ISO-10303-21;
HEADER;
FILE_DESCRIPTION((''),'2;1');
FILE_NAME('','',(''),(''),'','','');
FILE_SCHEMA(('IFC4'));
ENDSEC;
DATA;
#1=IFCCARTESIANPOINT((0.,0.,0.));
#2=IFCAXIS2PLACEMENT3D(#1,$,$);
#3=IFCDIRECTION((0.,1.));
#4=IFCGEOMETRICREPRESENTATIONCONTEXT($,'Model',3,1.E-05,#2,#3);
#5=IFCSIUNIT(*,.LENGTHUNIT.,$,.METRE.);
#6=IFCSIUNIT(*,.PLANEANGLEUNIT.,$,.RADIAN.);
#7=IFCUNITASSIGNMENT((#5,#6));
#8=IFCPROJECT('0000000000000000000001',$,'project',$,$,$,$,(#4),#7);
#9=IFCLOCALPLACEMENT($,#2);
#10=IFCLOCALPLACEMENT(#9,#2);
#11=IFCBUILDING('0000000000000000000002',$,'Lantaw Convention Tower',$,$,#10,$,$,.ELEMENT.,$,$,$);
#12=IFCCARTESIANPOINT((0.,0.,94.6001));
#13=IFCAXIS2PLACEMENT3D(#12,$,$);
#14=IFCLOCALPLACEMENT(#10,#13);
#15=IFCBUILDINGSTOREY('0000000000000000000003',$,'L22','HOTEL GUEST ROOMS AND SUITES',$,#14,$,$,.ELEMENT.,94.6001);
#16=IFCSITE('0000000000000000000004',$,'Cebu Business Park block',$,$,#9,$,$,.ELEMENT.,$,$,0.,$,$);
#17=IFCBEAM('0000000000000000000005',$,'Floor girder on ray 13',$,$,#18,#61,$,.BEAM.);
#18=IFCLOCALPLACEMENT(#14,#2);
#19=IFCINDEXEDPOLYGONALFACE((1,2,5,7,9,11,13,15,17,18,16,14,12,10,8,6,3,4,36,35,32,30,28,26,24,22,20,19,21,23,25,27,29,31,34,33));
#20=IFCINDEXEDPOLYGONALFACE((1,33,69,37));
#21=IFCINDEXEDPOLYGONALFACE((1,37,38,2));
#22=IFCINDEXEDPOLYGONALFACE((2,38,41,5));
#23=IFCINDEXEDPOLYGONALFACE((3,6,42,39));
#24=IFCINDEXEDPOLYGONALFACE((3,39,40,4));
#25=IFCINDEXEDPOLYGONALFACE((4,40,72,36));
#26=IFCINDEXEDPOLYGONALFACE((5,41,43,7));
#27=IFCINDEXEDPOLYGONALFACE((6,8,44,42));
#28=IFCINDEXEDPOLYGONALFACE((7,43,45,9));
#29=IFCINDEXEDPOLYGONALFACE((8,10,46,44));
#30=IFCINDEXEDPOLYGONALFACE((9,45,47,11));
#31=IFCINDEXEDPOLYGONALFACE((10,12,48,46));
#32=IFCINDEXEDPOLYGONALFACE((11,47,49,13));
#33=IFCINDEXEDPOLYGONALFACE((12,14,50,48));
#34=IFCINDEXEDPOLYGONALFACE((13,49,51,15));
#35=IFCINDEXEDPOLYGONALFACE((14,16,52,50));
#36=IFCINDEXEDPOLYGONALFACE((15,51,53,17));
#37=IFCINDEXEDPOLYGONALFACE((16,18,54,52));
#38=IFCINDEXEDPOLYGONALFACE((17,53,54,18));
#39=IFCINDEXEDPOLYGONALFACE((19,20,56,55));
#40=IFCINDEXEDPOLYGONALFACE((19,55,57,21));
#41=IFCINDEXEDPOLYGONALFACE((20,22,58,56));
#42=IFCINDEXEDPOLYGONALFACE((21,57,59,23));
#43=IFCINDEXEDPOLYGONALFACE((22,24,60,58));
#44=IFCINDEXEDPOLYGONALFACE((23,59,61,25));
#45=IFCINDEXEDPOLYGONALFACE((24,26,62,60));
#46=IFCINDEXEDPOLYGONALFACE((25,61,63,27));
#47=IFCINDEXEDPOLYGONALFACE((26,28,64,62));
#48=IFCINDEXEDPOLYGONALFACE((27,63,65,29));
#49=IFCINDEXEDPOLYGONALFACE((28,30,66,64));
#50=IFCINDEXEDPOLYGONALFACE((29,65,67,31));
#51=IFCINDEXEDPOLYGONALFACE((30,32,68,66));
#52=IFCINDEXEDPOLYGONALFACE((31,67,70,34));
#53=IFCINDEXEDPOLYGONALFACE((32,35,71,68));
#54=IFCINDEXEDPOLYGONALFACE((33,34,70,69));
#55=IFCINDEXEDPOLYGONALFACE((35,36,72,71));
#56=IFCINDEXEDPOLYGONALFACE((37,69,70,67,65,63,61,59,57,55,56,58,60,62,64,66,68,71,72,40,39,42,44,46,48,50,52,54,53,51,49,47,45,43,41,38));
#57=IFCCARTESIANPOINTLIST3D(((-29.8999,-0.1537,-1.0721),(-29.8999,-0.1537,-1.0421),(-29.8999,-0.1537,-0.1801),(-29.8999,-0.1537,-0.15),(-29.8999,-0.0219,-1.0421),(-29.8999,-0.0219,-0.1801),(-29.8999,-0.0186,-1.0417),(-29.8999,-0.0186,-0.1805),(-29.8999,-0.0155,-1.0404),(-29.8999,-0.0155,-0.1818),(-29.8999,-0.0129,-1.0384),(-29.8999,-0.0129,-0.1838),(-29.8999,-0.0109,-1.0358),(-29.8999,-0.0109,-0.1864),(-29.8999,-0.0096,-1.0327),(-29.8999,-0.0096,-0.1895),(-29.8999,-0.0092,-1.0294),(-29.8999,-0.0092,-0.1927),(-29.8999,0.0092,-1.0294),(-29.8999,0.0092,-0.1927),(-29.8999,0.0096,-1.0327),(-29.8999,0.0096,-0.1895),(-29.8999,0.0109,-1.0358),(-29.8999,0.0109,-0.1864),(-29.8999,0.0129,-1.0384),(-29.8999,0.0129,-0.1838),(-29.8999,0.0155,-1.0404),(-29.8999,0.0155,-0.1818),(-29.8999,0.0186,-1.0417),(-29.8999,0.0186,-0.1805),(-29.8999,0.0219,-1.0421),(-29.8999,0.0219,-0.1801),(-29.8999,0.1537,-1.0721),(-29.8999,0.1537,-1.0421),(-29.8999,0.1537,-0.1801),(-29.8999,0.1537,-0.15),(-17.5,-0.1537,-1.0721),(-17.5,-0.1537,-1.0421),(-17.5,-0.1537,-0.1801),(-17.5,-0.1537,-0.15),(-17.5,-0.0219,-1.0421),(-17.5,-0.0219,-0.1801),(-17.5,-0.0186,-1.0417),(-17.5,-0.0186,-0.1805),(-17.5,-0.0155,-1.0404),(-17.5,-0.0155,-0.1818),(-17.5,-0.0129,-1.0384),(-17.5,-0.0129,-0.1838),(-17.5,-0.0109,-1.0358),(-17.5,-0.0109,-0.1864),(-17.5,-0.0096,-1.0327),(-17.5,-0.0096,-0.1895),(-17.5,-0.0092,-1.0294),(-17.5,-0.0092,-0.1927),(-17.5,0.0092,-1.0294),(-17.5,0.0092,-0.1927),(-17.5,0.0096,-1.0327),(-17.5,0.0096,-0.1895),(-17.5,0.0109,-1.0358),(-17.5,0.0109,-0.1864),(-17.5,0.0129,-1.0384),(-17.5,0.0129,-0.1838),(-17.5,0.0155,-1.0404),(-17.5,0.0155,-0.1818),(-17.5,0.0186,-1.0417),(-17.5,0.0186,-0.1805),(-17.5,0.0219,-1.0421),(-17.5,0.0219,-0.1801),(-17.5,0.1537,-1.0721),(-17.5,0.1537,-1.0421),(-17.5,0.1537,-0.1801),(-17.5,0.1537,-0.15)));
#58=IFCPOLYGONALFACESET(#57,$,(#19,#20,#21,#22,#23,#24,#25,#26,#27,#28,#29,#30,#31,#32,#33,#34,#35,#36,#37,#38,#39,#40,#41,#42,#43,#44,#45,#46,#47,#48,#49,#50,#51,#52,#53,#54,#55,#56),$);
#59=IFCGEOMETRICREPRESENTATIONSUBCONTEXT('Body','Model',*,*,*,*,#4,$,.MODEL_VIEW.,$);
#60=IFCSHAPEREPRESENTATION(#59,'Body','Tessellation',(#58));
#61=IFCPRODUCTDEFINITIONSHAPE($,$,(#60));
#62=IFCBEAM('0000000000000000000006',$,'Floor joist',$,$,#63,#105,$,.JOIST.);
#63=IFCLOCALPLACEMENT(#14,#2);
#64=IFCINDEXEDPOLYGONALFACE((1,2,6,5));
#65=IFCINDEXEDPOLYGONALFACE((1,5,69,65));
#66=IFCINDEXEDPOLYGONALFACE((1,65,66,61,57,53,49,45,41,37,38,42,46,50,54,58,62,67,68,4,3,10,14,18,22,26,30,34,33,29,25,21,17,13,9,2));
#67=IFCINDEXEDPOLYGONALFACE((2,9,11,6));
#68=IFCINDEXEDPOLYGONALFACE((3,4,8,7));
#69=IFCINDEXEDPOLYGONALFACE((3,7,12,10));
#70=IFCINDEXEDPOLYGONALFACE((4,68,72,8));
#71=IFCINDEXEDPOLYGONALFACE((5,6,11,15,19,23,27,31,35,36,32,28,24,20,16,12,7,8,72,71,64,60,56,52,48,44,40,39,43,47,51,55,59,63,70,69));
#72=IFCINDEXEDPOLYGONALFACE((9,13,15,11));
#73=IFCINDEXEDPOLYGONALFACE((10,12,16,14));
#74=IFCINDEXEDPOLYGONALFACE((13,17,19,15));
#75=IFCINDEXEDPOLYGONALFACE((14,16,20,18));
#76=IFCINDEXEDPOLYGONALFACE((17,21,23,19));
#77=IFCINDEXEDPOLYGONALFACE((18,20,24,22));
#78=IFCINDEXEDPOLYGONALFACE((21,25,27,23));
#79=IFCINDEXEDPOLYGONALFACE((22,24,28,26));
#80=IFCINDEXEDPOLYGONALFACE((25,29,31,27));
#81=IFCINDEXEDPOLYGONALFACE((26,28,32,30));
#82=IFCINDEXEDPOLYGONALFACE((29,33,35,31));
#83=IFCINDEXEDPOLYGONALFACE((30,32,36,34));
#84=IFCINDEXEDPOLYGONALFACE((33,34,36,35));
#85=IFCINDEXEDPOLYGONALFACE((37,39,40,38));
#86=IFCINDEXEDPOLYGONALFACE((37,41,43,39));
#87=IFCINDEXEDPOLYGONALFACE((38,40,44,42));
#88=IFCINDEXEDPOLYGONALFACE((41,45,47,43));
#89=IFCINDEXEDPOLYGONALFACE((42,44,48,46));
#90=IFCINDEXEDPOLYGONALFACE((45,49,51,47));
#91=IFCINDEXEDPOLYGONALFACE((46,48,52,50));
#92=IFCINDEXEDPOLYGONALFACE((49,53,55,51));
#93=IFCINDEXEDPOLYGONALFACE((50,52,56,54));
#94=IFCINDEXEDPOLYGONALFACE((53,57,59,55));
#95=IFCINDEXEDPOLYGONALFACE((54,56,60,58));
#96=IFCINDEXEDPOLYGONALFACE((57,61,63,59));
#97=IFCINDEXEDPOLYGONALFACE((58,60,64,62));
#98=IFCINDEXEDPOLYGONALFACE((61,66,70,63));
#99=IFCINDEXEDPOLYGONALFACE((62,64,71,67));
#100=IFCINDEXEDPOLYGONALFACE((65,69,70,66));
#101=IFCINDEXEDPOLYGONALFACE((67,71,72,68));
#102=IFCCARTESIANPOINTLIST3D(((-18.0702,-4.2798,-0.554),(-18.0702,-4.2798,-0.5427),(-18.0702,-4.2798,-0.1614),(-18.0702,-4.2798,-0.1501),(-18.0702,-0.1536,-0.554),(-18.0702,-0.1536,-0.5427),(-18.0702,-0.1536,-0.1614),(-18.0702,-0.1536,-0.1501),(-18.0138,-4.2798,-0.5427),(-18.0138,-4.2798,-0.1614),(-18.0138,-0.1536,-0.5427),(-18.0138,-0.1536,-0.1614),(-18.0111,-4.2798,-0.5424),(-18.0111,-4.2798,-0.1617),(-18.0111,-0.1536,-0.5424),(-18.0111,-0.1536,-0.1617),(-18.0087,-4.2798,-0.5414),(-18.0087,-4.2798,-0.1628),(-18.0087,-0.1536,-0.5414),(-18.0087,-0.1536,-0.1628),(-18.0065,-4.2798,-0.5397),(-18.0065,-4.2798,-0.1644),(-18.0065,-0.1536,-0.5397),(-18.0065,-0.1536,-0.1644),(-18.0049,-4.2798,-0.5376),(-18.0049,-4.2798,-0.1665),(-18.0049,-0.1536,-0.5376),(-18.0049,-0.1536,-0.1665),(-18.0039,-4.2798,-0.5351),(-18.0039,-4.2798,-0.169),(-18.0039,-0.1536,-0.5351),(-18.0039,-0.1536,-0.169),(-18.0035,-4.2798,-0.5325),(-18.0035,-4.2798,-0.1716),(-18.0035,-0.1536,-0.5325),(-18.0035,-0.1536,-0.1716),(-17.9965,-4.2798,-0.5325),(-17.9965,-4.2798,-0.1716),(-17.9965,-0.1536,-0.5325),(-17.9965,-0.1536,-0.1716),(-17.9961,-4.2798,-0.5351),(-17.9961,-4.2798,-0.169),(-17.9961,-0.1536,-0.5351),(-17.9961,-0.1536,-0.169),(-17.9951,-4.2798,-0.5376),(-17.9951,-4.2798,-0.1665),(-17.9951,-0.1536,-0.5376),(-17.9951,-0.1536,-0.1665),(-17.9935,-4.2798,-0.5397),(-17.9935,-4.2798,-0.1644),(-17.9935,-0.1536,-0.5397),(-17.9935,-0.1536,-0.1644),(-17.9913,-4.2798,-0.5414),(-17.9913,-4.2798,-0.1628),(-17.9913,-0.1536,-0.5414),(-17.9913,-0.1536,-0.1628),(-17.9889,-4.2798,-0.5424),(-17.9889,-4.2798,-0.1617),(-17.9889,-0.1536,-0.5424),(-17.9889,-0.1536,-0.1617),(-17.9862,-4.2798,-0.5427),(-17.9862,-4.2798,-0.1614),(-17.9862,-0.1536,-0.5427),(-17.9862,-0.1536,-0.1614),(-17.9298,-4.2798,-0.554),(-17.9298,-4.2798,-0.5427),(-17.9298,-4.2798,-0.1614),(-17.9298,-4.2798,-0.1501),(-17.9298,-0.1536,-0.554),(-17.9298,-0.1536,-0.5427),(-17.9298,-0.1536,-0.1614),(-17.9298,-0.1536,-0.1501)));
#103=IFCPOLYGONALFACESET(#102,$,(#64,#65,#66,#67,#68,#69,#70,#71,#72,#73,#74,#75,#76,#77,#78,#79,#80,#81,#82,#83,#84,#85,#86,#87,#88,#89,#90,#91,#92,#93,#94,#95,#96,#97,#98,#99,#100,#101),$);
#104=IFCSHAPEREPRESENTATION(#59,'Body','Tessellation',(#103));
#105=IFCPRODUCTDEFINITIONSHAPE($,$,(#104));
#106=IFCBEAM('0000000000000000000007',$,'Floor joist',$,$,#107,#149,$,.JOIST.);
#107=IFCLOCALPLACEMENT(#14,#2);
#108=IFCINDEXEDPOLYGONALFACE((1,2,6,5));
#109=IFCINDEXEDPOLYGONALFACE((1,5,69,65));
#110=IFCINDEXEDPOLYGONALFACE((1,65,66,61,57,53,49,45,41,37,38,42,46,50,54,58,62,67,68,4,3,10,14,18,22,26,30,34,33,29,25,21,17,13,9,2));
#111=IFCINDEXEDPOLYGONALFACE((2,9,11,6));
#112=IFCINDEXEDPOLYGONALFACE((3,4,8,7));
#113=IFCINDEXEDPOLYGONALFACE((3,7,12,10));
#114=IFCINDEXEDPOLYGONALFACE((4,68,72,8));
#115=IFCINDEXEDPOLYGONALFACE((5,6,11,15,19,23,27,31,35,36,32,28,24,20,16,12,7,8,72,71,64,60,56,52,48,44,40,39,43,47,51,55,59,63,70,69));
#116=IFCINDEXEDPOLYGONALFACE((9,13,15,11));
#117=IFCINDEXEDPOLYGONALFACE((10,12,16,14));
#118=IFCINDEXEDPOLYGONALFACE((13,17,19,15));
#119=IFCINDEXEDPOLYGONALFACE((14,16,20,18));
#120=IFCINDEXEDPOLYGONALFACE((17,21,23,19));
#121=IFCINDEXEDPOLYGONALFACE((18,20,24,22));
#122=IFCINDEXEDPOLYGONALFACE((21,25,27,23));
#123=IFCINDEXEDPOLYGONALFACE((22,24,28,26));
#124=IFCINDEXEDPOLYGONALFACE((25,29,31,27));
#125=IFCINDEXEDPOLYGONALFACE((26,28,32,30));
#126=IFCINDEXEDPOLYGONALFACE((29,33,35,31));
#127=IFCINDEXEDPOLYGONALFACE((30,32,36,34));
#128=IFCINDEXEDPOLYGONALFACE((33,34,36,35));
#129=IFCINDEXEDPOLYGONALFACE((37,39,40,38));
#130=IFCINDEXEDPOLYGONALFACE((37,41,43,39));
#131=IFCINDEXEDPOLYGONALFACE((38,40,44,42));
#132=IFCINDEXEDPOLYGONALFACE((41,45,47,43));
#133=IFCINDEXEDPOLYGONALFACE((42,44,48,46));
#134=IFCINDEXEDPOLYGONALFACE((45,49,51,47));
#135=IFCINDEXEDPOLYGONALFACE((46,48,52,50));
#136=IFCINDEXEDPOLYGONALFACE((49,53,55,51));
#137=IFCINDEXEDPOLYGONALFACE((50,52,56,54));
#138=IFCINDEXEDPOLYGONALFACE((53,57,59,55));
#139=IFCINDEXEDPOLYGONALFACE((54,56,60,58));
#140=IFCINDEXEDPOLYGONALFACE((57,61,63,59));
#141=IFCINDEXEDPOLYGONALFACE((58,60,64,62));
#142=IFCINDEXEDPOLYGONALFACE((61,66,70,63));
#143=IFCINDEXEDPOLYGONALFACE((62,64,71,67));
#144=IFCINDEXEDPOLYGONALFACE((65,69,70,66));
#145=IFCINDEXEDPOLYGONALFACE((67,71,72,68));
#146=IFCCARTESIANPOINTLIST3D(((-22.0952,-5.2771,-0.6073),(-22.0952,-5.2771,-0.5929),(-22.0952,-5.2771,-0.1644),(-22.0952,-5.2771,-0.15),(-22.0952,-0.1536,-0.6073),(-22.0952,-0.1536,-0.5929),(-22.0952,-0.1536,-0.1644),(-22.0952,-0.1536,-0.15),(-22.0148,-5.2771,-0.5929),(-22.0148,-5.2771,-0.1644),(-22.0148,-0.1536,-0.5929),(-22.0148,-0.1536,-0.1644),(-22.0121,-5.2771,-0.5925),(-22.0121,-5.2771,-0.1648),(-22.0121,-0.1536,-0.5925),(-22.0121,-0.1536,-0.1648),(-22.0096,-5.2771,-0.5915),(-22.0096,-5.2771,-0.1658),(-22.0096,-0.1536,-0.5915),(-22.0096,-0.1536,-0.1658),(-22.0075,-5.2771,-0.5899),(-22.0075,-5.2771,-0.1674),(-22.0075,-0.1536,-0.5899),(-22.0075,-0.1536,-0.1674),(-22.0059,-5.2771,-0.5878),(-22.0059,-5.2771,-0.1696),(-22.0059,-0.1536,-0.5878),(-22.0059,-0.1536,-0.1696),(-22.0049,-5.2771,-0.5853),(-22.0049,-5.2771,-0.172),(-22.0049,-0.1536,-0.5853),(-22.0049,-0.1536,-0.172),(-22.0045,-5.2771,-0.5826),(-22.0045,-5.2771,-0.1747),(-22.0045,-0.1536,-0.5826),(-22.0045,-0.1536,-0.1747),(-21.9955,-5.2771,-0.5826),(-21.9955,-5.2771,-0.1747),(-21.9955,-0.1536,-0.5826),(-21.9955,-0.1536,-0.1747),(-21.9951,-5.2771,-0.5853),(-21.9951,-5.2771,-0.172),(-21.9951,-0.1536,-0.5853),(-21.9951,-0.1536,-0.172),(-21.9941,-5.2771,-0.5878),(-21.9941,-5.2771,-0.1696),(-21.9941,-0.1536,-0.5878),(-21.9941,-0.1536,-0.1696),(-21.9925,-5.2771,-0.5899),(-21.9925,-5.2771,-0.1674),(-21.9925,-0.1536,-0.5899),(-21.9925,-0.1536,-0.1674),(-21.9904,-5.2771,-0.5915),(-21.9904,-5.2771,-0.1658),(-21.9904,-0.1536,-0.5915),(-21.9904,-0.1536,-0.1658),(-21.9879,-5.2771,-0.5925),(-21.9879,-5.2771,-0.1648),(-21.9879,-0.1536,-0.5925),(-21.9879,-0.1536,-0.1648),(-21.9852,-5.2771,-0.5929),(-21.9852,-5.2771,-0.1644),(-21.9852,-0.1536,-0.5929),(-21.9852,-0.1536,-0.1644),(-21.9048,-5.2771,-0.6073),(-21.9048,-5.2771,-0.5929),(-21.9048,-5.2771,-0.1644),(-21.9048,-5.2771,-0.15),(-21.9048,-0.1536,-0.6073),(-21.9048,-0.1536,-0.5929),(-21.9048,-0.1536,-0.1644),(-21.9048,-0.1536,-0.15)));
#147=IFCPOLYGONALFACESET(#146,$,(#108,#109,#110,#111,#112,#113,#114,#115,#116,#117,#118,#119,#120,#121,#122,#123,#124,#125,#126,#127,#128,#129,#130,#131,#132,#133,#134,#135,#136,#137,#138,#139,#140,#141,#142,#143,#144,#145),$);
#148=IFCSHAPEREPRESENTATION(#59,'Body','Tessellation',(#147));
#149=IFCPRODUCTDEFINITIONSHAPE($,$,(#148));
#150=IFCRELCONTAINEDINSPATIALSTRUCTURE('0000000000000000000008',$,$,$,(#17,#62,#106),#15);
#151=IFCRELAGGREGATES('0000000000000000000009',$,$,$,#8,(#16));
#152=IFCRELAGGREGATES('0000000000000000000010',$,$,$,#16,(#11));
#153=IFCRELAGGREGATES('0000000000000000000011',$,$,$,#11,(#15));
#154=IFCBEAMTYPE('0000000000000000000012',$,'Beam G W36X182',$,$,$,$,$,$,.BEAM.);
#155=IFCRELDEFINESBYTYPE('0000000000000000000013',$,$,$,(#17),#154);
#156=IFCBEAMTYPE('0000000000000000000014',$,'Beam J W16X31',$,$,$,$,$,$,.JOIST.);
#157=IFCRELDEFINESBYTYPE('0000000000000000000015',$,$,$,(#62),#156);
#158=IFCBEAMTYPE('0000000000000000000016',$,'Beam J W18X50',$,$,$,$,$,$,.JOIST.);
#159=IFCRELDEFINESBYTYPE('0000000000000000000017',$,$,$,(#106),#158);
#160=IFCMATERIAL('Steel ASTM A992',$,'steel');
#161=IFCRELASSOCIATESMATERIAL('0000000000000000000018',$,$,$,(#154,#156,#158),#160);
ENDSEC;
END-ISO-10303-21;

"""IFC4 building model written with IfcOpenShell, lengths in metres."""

from ifc_helpers import new_model, si_unit, direction, frame, origin, origin_2d, place, context, subcontext, project, spatial, i_section, extrude, material, material_profile, profile_set, type_object, element, save


model = new_model("IFC4")

# Units and contexts
model_context = context("Model", 3, precision=1e-05, world=origin(), true_north=direction((0.0, 1.0)))
body_context = subcontext(model_context, "Body", "Model", "MODEL_VIEW")
ifc_project = project(units=[si_unit("LENGTHUNIT", "METRE"), si_unit("PLANEANGLEUNIT", "RADIAN")], contexts=[model_context])

# Site, building, storey
site_placement = place(None, origin())
site = spatial("IfcSite", under=ifc_project, at=site_placement, Name="Cebu Business Park block", CompositionType="ELEMENT", RefElevation=0.0)
building_placement = place(site_placement, origin())
building = spatial("IfcBuilding", under=site, at=building_placement, Name="Lantaw Convention Tower", CompositionType="ELEMENT")
storey_placement = place(building_placement, frame((0.0, 0.0, 94.6001)))
storey = spatial("IfcBuildingStorey", under=building, at=storey_placement, Name="L22", Description="HOTEL GUEST ROOMS AND SUITES", CompositionType="ELEMENT", Elevation=94.6001)

# Beams
ifc_material_1 = material(Name="Steel ASTM A992", Category="steel")
ifc_material_profile_1 = material_profile(ifc_material_1, i_section(OverallWidth=0.3074, OverallDepth=0.9221, WebThickness=0.0183, FlangeThickness=0.03, FilletRadius=0.0127, at=origin_2d()), Name="W36X182")
ifc_profile_set_1 = profile_set([ifc_material_profile_1], Name="Steel ASTM A992")
beam_type_1 = type_object("IfcBeamType", Name="Beam G W36X182", PredefinedType="BEAM", material=ifc_profile_set_1)
beam_1_placement = place(storey_placement, frame((-17.5, 0.0, -0.6111), z_axis=(-1.0, 0.0, 0.0), x_axis=(0.0, -1.0, 0.0)))
element("IfcBeam", 1, at=beam_1_placement, inside=storey, type_object=beam_type_1, Name="Floor girder on ray 13", PredefinedType="BEAM", context=body_context, shape_type="SweptSolid", body=[
    extrude(i_section(OverallWidth=0.3074, OverallDepth=0.9221, WebThickness=0.0183, FlangeThickness=0.03, FilletRadius=0.0127, at=origin_2d()), origin(), (0.0, 0.0, 1.0), 12.3999),
])
ifc_material_profile_2 = material_profile(ifc_material_1, i_section(OverallWidth=0.1404, OverallDepth=0.4038, WebThickness=0.0071, FlangeThickness=0.0112, FilletRadius=0.0103, at=origin_2d()), Name="W16X31")
ifc_profile_set_2 = profile_set([ifc_material_profile_2], Name="Steel ASTM A992")
beam_type_2 = type_object("IfcBeamType", Name="Beam J W16X31", PredefinedType="JOIST", material=ifc_profile_set_2)
beam_2_placement = place(storey_placement, frame((-18.0, -4.2798, -0.3521), z_axis=(0.0, 1.0, 0.0), x_axis=(-1.0, 0.0, 0.0)))
element("IfcBeam", 2, at=beam_2_placement, inside=storey, type_object=beam_type_2, Name="Floor joist", PredefinedType="JOIST", context=body_context, shape_type="SweptSolid", body=[
    extrude(i_section(OverallWidth=0.1404, OverallDepth=0.4038, WebThickness=0.0071, FlangeThickness=0.0112, FilletRadius=0.0103, at=origin_2d()), origin(), (0.0, 0.0, 1.0), 4.1262),
])
ifc_material_profile_3 = material_profile(ifc_material_1, i_section(OverallWidth=0.1904, OverallDepth=0.4573, WebThickness=0.009, FlangeThickness=0.0144, FilletRadius=0.0103, at=origin_2d()), Name="W18X50")
ifc_profile_set_3 = profile_set([ifc_material_profile_3], Name="Steel ASTM A992")
beam_type_3 = type_object("IfcBeamType", Name="Beam J W18X50", PredefinedType="JOIST", material=ifc_profile_set_3)
beam_3_placement = place(storey_placement, frame((-22.0, -5.2771, -0.3787), z_axis=(0.0, 1.0, 0.0), x_axis=(-1.0, 0.0, 0.0)))
element("IfcBeam", 3, at=beam_3_placement, inside=storey, type_object=beam_type_3, Name="Floor joist", PredefinedType="JOIST", context=body_context, shape_type="SweptSolid", body=[
    extrude(i_section(OverallWidth=0.1904, OverallDepth=0.4573, WebThickness=0.009, FlangeThickness=0.0144, FilletRadius=0.0103, at=origin_2d()), origin(), (0.0, 0.0, 1.0), 5.1235),
])

save(model, "model.ifc")
